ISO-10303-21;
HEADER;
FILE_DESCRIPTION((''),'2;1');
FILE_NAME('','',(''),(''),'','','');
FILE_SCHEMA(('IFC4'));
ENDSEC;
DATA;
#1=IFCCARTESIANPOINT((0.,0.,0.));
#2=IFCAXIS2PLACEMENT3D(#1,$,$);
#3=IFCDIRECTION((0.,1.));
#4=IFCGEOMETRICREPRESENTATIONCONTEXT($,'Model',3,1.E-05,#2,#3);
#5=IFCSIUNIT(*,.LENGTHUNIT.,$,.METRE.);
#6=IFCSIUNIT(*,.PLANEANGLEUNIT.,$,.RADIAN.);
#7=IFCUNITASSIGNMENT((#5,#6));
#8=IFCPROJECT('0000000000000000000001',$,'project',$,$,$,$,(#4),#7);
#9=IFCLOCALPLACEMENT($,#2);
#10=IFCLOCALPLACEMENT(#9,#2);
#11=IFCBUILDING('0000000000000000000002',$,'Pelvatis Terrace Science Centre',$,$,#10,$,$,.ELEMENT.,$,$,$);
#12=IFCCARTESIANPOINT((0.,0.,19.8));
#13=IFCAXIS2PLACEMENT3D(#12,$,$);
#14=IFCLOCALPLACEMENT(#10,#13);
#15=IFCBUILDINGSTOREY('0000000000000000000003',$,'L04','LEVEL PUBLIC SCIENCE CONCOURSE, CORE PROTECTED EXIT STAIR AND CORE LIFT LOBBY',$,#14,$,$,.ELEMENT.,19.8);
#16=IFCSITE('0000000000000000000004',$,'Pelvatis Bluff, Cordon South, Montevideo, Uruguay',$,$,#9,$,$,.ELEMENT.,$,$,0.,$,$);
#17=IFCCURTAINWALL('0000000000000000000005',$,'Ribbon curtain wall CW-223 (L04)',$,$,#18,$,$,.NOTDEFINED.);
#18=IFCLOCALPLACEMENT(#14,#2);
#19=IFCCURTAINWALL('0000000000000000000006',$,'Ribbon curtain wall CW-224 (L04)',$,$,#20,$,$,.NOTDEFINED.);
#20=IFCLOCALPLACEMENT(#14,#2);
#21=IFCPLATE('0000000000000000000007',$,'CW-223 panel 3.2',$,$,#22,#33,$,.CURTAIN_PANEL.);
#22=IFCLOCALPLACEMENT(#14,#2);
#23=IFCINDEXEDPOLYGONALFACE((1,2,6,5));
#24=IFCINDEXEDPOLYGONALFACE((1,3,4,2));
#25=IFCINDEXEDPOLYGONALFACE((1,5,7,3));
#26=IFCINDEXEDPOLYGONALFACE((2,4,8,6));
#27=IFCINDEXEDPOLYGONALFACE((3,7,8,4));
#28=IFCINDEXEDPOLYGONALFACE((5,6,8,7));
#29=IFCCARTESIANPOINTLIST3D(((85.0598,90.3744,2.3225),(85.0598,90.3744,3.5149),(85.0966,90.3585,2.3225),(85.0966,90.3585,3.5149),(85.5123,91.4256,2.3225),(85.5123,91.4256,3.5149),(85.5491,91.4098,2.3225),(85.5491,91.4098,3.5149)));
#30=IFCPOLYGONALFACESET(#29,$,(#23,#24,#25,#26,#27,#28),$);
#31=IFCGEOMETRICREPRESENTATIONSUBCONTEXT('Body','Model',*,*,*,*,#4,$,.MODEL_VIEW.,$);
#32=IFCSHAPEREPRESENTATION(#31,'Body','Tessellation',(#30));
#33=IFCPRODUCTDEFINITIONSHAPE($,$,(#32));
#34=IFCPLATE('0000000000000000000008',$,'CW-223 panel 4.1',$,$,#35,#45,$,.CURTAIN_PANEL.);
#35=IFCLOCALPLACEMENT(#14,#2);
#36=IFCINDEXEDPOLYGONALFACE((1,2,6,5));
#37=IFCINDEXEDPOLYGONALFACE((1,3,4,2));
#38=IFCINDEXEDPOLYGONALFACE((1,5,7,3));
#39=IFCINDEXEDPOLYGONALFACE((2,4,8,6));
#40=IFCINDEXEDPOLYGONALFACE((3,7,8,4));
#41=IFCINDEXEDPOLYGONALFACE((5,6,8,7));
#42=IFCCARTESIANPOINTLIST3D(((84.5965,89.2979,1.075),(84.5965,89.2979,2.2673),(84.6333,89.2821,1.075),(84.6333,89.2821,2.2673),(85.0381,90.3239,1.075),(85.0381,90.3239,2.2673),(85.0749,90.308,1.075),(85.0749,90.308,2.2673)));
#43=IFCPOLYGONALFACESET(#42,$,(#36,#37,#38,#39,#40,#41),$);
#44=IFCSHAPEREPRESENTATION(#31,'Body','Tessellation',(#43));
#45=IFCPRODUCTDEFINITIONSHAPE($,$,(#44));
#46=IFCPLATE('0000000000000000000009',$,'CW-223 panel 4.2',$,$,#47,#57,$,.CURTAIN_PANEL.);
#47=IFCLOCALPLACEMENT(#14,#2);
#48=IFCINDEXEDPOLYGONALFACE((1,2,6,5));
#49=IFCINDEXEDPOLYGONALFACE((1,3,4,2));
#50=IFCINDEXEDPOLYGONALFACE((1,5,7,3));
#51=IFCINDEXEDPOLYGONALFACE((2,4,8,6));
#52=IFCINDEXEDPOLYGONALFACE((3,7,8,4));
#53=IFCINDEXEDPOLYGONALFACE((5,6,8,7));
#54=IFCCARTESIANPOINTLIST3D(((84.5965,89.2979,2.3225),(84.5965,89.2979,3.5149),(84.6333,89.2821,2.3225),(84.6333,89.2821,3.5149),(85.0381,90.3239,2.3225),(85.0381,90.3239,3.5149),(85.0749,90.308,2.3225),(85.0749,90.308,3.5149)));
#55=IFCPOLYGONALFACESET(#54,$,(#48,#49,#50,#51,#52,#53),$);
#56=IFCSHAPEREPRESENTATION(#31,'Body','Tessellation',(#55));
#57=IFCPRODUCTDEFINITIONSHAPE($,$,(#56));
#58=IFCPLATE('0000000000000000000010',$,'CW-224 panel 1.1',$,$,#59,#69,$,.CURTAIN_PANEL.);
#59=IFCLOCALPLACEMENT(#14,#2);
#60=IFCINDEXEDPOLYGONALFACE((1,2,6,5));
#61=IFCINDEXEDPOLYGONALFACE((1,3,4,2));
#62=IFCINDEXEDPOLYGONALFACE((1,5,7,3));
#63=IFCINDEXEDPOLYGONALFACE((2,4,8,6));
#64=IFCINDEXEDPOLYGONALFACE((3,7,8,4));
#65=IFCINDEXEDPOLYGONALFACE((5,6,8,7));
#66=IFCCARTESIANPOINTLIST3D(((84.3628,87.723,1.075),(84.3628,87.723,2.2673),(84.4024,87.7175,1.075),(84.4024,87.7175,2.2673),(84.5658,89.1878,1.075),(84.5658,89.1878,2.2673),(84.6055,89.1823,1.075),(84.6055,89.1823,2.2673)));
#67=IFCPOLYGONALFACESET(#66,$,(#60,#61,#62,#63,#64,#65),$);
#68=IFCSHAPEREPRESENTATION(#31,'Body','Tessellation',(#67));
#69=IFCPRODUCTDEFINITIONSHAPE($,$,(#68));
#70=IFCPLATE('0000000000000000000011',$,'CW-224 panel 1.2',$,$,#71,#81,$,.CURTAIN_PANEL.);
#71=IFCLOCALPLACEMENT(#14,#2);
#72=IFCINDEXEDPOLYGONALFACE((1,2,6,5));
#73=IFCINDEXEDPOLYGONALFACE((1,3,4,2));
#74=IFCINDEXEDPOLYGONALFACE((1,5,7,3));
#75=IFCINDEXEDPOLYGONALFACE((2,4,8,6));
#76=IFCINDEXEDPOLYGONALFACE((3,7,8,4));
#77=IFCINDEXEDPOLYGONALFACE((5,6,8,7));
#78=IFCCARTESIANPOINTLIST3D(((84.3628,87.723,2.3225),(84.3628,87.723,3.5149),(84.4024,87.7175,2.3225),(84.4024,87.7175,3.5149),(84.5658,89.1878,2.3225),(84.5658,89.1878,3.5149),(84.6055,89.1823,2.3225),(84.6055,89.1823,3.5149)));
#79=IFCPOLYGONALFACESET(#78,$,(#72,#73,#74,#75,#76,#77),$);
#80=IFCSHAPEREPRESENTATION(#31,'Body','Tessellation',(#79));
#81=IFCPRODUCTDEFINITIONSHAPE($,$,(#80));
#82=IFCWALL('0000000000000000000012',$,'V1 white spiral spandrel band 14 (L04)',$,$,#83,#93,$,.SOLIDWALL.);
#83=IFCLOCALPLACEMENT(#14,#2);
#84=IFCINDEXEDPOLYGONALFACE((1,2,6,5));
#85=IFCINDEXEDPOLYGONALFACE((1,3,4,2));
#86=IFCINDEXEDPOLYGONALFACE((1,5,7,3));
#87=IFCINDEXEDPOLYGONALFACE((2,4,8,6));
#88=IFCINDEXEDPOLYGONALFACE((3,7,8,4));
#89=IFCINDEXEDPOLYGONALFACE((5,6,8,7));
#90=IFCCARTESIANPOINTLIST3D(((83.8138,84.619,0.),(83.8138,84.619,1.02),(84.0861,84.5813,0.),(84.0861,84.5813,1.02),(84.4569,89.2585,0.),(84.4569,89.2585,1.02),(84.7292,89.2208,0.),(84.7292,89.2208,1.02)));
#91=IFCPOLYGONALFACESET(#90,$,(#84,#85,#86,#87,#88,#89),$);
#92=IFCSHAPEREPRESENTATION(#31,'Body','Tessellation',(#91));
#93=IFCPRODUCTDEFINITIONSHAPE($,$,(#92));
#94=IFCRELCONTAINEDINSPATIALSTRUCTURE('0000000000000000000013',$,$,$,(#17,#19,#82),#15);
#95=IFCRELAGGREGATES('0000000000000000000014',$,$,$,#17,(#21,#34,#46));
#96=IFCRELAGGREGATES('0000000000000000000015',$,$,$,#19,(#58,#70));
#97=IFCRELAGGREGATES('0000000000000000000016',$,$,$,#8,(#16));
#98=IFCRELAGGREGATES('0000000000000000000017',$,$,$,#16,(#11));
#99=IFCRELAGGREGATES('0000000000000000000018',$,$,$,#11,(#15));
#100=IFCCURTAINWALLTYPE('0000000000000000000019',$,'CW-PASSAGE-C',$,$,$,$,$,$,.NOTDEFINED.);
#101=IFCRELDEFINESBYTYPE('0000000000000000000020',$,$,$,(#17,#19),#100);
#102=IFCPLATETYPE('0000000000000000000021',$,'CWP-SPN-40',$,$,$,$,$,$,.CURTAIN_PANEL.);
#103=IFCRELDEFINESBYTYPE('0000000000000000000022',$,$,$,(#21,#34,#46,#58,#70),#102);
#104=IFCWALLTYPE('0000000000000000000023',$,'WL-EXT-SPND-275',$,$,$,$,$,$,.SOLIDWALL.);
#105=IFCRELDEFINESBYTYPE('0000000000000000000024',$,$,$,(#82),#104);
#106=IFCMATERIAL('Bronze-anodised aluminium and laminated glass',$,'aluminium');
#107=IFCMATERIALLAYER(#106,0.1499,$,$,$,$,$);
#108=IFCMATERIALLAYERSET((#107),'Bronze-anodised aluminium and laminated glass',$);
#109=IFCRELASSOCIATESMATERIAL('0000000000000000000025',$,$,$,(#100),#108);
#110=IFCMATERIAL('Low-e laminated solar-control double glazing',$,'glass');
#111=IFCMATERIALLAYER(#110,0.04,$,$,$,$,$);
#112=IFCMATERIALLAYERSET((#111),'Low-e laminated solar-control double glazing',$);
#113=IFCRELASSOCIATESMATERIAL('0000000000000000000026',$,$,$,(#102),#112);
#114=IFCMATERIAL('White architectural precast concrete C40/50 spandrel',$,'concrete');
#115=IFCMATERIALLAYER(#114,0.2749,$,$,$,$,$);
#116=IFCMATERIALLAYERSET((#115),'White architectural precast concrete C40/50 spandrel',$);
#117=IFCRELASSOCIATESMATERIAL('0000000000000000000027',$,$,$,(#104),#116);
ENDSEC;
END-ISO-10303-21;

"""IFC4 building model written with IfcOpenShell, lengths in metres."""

from ifc_helpers import new_model, si_unit, direction, frame, frame_2d, origin, origin_2d, place, context, subcontext, project, spatial, rectangle, extrude, material, layer, layer_set, type_object, element, aggregate, save


model = new_model("IFC4")

# Units and contexts
model_context = context("Model", 3, precision=1e-05, world=origin(), true_north=direction((0.0, 1.0)))
body_context = subcontext(model_context, "Body", "Model", "MODEL_VIEW")
ifc_project = project(units=[si_unit("LENGTHUNIT", "METRE"), si_unit("PLANEANGLEUNIT", "RADIAN")], contexts=[model_context])

# Site, building, storey
site_placement = place(None, origin())
site = spatial("IfcSite", under=ifc_project, at=site_placement, Name="Pelvatis Bluff, Cordon South, Montevideo, Uruguay", CompositionType="ELEMENT", RefElevation=0.0)
building_placement = place(site_placement, origin())
building = spatial("IfcBuilding", under=site, at=building_placement, Name="Pelvatis Terrace Science Centre", CompositionType="ELEMENT")
storey_placement = place(building_placement, frame((0.0, 0.0, 19.8)))
storey = spatial("IfcBuildingStorey", under=building, at=storey_placement, Name="L04", Description="LEVEL PUBLIC SCIENCE CONCOURSE, CORE PROTECTED EXIT STAIR AND CORE LIFT LOBBY", CompositionType="ELEMENT", Elevation=19.8)

# Curtain wall
ifc_material_1 = material(Name="Bronze-anodised aluminium and laminated glass", Category="aluminium")
ifc_layer_1 = layer(ifc_material_1, 0.1499)
ifc_layer_set_1 = layer_set([ifc_layer_1], Name="Bronze-anodised aluminium and laminated glass")
curtain_wall_type = type_object("IfcCurtainWallType", Name="CW-PASSAGE-C", PredefinedType="NOTDEFINED", material=ifc_layer_set_1)
curtain_wall_1_placement = place(storey_placement, origin())
curtain_wall_1 = element("IfcCurtainWall", 1, at=curtain_wall_1_placement, inside=storey, type_object=curtain_wall_type, Name="Ribbon curtain wall CW-223 (L04)", PredefinedType="NOTDEFINED")

# Curtain wall
curtain_wall_2_placement = place(storey_placement, origin())
curtain_wall_2 = element("IfcCurtainWall", 2, at=curtain_wall_2_placement, inside=storey, type_object=curtain_wall_type, Name="Ribbon curtain wall CW-224 (L04)", PredefinedType="NOTDEFINED")

# Plates
ifc_material_2 = material(Name="Low-e laminated solar-control double glazing", Category="glass")
ifc_layer_2 = layer(ifc_material_2, 0.04)
ifc_layer_set_2 = layer_set([ifc_layer_2], Name="Low-e laminated solar-control double glazing")
plate_type = type_object("IfcPlateType", Name="CWP-SPN-40", PredefinedType="CURTAIN_PANEL", material=ifc_layer_set_2)
plate_1_placement = place(storey_placement, frame((85.3044, 90.8921, 2.3225), z_axis=(0.0, 0.0, 1.0), x_axis=(-0.395385, -0.918515, 0.0)))
plate_1 = element("IfcPlate", 3, at=plate_1_placement, type_object=plate_type, Name="CW-223 panel 3.2", PredefinedType="CURTAIN_PANEL", context=body_context, shape_type="SweptSolid", body=[
    extrude(rectangle(XDim=1.1445, YDim=0.04, at=origin_2d()), origin(), (0.0, 0.0, 1.0), 1.1924),
])
plate_2_placement = place(storey_placement, frame((84.8357, 89.803, 1.075), z_axis=(0.0, 0.0, 1.0), x_axis=(-0.395385, -0.918515, 0.0)))
plate_2 = element("IfcPlate", 4, at=plate_2_placement, type_object=plate_type, Name="CW-223 panel 4.1", PredefinedType="CURTAIN_PANEL", context=body_context, shape_type="SweptSolid", body=[
    extrude(rectangle(XDim=1.1169, YDim=0.04, at=origin_2d()), origin(), (0.0, 0.0, 1.0), 1.1924),
])
plate_3_placement = place(storey_placement, frame((84.8357, 89.803, 2.3225), z_axis=(0.0, 0.0, 1.0), x_axis=(-0.395385, -0.918515, 0.0)))
plate_3 = element("IfcPlate", 5, at=plate_3_placement, type_object=plate_type, Name="CW-223 panel 4.2", PredefinedType="CURTAIN_PANEL", context=body_context, shape_type="SweptSolid", body=[
    extrude(rectangle(XDim=1.1169, YDim=0.04, at=origin_2d()), origin(), (0.0, 0.0, 1.0), 1.1924),
])
aggregate(curtain_wall_1, [plate_1, plate_2, plate_3])
plate_4_placement = place(storey_placement, frame((84.4841, 88.4526, 1.075), z_axis=(0.0, 0.0, 1.0), x_axis=(-0.137298, -0.99053, 0.0)))
plate_4 = element("IfcPlate", 6, at=plate_4_placement, type_object=plate_type, Name="CW-224 panel 1.1", PredefinedType="CURTAIN_PANEL", context=body_context, shape_type="SweptSolid", body=[
    extrude(rectangle(XDim=1.4788, YDim=0.04, at=origin_2d()), origin(), (0.0, 0.0, 1.0), 1.1924),
])
plate_5_placement = place(storey_placement, frame((84.4841, 88.4526, 2.3225), z_axis=(0.0, 0.0, 1.0), x_axis=(-0.137298, -0.99053, 0.0)))
plate_5 = element("IfcPlate", 7, at=plate_5_placement, type_object=plate_type, Name="CW-224 panel 1.2", PredefinedType="CURTAIN_PANEL", context=body_context, shape_type="SweptSolid", body=[
    extrude(rectangle(XDim=1.4788, YDim=0.04, at=origin_2d()), origin(), (0.0, 0.0, 1.0), 1.1924),
])
aggregate(curtain_wall_2, [plate_4, plate_5])

# Wall
ifc_material_3 = material(Name="White architectural precast concrete C40/50 spandrel", Category="concrete")
ifc_layer_3 = layer(ifc_material_3, 0.2749)
ifc_layer_set_3 = layer_set([ifc_layer_3], Name="White architectural precast concrete C40/50 spandrel")
wall_type = type_object("IfcWallType", Name="WL-EXT-SPND-275", PredefinedType="SOLIDWALL", material=ifc_layer_set_3)
wall_placement = place(storey_placement, frame((84.593, 89.2395, 0.0), z_axis=(0.0, 0.0, 1.0), x_axis=(-0.137297, -0.99053, 0.0)))
element("IfcWall", 8, at=wall_placement, inside=storey, type_object=wall_type, Name="V1 white spiral spandrel band 14 (L04)", PredefinedType="SOLIDWALL", context=body_context, shape_type="SweptSolid", body=[
    extrude(rectangle(XDim=4.6838, YDim=0.2749, at=frame_2d((2.3418, 0.0))), origin(), (0.0, 0.0, 1.0), 1.02),
])

save(model, "model.ifc")
